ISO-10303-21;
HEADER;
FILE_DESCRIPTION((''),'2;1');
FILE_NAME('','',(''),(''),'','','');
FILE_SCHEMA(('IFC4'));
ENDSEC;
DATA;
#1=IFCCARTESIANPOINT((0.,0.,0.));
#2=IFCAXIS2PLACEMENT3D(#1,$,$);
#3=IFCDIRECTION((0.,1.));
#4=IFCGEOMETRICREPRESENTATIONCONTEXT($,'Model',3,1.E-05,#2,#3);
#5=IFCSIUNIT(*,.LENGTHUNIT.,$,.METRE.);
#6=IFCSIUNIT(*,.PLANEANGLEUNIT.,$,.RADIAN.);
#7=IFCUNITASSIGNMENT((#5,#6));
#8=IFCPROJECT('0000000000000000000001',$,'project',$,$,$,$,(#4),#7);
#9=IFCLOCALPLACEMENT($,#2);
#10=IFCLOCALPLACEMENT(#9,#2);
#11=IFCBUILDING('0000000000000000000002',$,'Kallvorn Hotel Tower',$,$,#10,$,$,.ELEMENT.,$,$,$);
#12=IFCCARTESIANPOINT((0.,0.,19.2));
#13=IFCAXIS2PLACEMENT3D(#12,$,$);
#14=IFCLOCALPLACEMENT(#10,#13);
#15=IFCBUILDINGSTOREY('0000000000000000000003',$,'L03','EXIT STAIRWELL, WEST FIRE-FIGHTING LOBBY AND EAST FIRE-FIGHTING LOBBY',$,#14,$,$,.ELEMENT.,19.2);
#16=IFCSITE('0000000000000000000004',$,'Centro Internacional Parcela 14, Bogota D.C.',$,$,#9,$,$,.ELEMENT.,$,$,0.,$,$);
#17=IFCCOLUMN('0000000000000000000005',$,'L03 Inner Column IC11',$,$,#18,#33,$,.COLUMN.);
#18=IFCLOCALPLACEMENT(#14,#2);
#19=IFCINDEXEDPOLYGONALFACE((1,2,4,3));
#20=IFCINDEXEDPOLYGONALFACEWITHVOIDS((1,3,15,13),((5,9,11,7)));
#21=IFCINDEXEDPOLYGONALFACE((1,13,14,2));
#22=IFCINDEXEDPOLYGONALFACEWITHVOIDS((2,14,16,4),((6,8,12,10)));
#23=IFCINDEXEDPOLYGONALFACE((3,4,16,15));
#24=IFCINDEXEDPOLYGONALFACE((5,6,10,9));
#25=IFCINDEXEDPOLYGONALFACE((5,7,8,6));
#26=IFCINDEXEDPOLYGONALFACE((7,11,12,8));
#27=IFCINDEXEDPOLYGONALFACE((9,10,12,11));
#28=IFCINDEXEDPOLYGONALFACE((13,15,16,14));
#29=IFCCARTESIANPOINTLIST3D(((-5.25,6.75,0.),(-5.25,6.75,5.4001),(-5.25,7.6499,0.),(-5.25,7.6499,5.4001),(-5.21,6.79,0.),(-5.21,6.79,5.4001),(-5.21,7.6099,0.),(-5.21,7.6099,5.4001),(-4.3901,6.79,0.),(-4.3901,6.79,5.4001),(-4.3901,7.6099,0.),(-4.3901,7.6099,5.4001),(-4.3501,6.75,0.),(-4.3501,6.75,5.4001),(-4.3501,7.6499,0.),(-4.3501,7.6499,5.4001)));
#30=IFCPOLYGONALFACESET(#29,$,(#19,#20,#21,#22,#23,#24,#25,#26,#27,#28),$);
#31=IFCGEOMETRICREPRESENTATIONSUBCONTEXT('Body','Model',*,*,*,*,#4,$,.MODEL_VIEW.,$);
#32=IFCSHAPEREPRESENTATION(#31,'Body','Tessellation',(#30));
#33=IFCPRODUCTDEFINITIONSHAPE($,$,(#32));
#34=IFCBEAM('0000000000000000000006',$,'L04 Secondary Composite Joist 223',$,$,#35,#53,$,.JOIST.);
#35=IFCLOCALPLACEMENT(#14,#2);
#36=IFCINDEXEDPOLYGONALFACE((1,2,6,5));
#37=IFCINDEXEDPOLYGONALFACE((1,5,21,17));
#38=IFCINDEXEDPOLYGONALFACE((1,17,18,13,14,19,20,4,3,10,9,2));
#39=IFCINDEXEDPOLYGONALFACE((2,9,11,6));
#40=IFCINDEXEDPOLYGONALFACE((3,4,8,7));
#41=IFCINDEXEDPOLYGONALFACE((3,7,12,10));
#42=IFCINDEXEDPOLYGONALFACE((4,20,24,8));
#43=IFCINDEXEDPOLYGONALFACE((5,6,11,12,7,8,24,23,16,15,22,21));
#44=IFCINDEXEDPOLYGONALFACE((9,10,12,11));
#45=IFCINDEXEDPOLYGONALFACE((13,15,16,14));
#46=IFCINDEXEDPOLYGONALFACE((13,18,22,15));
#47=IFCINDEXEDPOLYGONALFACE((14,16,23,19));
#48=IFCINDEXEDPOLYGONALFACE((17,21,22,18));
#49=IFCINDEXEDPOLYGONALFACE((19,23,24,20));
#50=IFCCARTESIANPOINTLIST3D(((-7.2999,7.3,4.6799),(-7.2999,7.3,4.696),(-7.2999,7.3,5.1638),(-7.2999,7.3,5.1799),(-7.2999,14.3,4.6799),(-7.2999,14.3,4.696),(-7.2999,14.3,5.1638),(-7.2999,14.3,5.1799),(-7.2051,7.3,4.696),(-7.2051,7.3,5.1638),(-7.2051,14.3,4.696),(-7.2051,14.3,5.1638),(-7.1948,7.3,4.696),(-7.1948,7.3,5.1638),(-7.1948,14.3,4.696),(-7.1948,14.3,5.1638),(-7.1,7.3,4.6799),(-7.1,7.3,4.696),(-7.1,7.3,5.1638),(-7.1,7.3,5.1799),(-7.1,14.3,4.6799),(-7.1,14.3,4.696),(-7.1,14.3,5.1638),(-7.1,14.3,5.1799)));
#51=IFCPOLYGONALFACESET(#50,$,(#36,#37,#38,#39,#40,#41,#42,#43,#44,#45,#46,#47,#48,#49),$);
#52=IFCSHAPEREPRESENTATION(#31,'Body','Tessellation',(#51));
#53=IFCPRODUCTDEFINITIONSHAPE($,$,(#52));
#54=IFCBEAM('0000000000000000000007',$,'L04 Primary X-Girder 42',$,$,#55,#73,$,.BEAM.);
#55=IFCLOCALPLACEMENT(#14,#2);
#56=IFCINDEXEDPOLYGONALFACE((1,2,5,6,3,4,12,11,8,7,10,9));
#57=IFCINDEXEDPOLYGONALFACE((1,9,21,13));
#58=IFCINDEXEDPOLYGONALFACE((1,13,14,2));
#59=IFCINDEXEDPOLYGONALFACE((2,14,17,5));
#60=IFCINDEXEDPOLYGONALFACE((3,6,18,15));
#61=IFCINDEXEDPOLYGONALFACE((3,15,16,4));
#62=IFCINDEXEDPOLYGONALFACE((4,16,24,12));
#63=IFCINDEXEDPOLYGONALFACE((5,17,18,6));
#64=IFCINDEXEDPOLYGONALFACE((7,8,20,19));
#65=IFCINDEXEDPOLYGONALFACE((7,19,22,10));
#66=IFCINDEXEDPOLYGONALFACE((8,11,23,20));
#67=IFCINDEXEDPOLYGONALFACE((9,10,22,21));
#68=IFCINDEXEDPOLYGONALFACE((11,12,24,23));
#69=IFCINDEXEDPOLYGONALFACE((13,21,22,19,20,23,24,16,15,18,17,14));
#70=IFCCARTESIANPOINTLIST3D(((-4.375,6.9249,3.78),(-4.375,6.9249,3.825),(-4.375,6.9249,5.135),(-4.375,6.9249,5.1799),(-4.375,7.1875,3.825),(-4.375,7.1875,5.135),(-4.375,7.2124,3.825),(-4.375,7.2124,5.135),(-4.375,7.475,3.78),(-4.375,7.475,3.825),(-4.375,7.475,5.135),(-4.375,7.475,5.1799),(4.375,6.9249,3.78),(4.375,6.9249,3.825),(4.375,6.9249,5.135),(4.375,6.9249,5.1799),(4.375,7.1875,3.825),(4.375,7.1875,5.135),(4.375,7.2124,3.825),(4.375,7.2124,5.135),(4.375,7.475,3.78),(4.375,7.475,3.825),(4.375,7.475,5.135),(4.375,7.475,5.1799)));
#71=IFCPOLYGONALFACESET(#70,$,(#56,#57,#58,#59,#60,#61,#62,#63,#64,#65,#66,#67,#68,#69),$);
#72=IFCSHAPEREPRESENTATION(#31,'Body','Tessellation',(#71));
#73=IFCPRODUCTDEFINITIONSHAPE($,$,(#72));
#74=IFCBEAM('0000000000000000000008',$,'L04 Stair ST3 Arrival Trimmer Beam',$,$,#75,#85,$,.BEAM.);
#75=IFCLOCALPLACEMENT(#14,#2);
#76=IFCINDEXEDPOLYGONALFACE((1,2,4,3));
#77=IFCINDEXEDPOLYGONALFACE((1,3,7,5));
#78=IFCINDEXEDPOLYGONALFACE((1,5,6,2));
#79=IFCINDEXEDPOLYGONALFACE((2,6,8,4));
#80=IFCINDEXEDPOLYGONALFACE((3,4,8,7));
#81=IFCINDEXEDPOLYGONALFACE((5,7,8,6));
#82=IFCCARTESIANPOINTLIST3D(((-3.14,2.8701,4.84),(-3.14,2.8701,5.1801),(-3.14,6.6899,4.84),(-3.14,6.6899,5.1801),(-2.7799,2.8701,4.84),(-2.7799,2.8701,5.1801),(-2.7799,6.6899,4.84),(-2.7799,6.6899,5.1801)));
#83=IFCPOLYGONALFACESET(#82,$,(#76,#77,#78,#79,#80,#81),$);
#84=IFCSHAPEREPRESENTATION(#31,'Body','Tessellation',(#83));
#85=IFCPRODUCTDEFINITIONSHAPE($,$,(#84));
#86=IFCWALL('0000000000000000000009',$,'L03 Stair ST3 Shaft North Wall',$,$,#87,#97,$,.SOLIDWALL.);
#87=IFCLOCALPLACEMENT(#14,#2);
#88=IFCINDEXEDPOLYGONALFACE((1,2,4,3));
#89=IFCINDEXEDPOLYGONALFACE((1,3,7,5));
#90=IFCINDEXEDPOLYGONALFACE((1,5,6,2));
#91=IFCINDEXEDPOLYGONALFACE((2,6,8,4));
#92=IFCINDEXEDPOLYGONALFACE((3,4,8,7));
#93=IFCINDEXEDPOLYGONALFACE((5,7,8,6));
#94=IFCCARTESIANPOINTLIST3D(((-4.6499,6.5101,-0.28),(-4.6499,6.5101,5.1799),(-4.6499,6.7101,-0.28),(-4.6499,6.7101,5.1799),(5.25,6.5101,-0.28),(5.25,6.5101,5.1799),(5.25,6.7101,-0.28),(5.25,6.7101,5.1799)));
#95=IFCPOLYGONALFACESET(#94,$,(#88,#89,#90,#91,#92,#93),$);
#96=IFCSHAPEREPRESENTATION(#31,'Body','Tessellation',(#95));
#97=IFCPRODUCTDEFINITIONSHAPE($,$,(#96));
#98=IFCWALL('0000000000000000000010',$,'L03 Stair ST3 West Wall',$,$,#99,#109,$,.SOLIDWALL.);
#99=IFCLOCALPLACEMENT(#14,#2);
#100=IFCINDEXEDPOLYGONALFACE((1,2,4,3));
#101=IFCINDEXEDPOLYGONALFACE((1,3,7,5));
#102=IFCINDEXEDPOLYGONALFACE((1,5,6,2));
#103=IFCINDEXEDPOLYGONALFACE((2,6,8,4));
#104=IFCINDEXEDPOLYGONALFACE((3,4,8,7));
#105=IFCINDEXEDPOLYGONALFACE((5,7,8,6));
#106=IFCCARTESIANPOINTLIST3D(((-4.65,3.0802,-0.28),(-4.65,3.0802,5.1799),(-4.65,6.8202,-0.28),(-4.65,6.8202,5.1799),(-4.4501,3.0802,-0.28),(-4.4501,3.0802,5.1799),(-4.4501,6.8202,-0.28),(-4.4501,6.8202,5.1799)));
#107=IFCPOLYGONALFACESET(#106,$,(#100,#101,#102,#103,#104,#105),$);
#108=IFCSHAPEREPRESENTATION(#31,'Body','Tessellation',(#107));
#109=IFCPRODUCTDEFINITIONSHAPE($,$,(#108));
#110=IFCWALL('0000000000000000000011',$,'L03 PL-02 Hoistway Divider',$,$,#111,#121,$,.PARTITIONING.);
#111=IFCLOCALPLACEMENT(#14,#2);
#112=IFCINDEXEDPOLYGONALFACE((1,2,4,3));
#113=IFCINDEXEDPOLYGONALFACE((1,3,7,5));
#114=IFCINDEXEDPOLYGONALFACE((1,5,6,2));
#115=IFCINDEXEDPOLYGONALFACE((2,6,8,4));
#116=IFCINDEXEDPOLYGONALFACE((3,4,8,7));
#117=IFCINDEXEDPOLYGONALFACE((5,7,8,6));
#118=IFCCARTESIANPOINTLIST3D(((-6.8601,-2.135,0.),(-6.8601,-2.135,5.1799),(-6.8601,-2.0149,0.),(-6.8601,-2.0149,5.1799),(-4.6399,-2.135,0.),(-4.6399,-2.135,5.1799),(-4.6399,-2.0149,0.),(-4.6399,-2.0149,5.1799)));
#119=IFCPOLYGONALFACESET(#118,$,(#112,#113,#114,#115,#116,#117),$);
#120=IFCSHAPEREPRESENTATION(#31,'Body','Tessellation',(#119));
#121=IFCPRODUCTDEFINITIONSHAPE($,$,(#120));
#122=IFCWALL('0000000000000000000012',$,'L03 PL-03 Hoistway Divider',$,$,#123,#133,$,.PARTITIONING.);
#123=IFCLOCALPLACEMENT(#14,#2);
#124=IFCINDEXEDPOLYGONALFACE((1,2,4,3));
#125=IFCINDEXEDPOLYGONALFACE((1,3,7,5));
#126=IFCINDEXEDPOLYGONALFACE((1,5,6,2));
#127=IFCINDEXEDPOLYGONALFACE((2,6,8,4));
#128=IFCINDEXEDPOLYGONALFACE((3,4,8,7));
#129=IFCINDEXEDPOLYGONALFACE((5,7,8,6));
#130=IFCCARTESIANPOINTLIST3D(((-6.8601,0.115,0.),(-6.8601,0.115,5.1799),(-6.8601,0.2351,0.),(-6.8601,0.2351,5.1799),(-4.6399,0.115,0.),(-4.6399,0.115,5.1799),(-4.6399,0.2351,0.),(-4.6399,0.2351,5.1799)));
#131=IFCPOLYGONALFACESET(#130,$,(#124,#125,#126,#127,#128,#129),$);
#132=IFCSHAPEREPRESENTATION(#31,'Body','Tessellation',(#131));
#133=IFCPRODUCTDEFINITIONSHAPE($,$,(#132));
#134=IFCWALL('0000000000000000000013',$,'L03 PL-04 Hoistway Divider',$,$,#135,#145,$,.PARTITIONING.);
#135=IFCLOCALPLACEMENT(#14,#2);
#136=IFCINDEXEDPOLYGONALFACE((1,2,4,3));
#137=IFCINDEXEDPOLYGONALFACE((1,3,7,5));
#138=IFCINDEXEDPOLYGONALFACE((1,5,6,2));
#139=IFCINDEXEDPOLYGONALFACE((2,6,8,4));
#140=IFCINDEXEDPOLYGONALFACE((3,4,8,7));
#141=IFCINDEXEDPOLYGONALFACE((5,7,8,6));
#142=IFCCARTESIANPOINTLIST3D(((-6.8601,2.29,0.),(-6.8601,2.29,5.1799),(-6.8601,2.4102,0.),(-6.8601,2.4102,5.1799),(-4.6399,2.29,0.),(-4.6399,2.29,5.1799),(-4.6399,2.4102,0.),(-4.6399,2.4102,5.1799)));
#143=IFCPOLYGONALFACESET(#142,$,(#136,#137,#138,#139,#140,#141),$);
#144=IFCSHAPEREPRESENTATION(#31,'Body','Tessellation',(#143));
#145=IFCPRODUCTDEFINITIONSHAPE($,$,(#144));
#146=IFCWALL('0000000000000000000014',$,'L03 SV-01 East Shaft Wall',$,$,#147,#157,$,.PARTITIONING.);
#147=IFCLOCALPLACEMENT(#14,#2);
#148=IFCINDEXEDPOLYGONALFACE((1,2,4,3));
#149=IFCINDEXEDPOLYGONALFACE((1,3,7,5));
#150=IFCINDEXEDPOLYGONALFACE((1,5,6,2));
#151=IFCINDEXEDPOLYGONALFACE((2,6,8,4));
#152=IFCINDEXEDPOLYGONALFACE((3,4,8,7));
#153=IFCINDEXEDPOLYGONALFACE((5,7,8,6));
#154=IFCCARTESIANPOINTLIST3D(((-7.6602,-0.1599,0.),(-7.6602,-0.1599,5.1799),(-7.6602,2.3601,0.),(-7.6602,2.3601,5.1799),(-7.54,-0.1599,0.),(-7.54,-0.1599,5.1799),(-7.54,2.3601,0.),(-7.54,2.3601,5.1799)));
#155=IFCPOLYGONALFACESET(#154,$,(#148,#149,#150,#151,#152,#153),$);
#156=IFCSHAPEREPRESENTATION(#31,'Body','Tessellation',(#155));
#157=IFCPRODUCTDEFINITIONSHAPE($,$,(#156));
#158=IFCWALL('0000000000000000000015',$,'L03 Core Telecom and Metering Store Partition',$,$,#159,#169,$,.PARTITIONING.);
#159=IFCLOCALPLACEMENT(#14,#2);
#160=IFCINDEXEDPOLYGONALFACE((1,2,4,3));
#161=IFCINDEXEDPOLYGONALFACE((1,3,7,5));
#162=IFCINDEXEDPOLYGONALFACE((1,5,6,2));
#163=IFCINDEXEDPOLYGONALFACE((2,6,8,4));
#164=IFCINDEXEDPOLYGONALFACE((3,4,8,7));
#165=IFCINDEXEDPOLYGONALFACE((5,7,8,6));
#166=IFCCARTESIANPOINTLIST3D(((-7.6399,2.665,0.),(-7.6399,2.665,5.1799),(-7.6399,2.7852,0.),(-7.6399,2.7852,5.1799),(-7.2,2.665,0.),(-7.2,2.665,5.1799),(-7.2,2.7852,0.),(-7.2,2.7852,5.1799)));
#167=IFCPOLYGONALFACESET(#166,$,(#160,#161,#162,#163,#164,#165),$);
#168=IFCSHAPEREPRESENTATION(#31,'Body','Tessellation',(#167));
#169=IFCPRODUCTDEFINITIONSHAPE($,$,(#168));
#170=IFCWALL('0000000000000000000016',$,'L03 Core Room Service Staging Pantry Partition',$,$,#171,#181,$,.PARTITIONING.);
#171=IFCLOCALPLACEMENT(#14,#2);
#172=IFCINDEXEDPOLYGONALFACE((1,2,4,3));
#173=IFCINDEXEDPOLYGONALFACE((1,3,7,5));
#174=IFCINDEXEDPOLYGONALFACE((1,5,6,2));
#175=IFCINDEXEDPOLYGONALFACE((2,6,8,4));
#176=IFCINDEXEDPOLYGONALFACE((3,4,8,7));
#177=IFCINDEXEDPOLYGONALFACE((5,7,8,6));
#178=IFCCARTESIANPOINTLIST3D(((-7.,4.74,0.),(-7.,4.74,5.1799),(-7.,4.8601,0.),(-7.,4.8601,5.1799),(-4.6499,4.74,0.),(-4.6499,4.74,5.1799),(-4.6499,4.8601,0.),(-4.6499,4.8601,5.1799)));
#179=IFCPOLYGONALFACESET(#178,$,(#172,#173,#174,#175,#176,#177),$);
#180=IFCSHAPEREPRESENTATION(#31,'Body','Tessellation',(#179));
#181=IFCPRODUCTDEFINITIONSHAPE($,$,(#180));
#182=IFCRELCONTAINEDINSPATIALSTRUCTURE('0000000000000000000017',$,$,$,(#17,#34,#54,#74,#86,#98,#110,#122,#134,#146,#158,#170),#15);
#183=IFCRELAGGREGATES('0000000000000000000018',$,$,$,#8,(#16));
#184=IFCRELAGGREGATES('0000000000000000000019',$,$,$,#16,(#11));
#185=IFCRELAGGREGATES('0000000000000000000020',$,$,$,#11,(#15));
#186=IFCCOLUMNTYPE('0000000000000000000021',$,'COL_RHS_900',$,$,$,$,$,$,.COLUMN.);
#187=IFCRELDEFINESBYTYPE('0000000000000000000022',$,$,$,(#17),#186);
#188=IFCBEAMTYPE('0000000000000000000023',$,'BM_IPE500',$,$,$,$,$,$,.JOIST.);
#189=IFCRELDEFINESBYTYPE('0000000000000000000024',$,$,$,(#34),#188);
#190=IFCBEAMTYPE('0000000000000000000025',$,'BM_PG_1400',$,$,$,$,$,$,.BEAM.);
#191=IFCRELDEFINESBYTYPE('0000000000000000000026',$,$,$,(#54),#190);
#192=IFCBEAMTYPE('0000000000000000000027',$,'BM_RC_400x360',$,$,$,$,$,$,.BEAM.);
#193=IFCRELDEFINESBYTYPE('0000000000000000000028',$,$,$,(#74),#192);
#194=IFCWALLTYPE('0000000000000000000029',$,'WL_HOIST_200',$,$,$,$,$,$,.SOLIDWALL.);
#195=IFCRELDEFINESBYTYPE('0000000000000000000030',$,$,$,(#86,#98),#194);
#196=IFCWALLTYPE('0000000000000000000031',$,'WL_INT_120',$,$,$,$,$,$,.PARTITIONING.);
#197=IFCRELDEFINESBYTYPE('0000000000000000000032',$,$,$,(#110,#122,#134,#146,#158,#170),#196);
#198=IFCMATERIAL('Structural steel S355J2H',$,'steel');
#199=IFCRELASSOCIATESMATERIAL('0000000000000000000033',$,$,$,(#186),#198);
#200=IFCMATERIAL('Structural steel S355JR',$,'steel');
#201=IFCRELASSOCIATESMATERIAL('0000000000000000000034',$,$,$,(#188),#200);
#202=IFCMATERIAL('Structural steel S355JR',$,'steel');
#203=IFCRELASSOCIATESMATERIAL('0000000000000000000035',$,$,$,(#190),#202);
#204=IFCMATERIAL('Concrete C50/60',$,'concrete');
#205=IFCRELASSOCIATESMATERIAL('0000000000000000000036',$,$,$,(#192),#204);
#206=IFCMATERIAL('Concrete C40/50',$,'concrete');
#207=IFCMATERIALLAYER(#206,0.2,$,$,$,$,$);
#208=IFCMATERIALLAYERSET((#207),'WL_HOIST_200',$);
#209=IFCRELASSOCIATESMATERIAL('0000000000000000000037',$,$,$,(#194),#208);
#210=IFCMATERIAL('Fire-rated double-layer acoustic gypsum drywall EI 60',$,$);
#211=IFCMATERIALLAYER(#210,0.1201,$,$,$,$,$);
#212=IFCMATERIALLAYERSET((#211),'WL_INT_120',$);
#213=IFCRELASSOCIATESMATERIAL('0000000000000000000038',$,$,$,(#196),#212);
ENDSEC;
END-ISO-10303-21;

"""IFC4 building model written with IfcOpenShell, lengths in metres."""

from ifc_helpers import new_model, si_unit, direction, frame, frame_2d, origin, origin_2d, place, context, subcontext, project, spatial, rectangle, hollow_rectangle, i_section, extrude, material, layer, layer_set, material_profile, profile_set, type_object, element, save


model = new_model("IFC4")

# Units and contexts
model_context = context("Model", 3, precision=1e-05, world=origin(), true_north=direction((0.0, 1.0)))
body_context = subcontext(model_context, "Body", "Model", "MODEL_VIEW")
ifc_project = project(units=[si_unit("LENGTHUNIT", "METRE"), si_unit("PLANEANGLEUNIT", "RADIAN")], contexts=[model_context])

# Site, building, storey
site_placement = place(None, origin())
site = spatial("IfcSite", under=ifc_project, at=site_placement, Name="Centro Internacional Parcela 14, Bogota D.C.", CompositionType="ELEMENT", RefElevation=0.0)
building_placement = place(site_placement, origin())
building = spatial("IfcBuilding", under=site, at=building_placement, Name="Kallvorn Hotel Tower", CompositionType="ELEMENT")
storey_placement = place(building_placement, frame((0.0, 0.0, 19.2)))
storey = spatial("IfcBuildingStorey", under=building, at=storey_placement, Name="L03", Description="EXIT STAIRWELL, WEST FIRE-FIGHTING LOBBY AND EAST FIRE-FIGHTING LOBBY", CompositionType="ELEMENT", Elevation=19.2)

# Column
ifc_material_1 = material(Name="Structural steel S355J2H", Category="steel")
ifc_material_profile_1 = material_profile(ifc_material_1, hollow_rectangle(XDim=0.8999, YDim=0.8999, WallThickness=0.04, at=origin_2d()), Name="RHS 900x900x40")
ifc_profile_set_1 = profile_set([ifc_material_profile_1], Name="Structural steel S355J2H")
column_type = type_object("IfcColumnType", Name="COL_RHS_900", PredefinedType="COLUMN", material=ifc_profile_set_1)
column_placement = place(storey_placement, frame((-4.8, 7.2, 0.0), z_axis=(0.0, 0.0, 1.0), x_axis=(1.0, 0.0, 0.0)))
element("IfcColumn", 1, at=column_placement, inside=storey, type_object=column_type, Name="L03 Inner Column IC11", PredefinedType="COLUMN", context=body_context, shape_type="SweptSolid", body=[
    extrude(hollow_rectangle(XDim=0.8999, YDim=0.8999, WallThickness=0.04, at=origin_2d()), origin(), (0.0, 0.0, 1.0), 5.4001),
])

# Beams
ifc_material_2 = material(Name="Structural steel S355JR", Category="steel")
ifc_material_profile_2 = material_profile(ifc_material_2, i_section(OverallWidth=0.2, OverallDepth=0.5, WebThickness=0.0103, FlangeThickness=0.0161, at=origin_2d()), Name="IPE 500")
ifc_profile_set_2 = profile_set([ifc_material_profile_2], Name="Structural steel S355JR")
beam_type_1 = type_object("IfcBeamType", Name="BM_IPE500", PredefinedType="JOIST", material=ifc_profile_set_2)
beam_1_placement = place(storey_placement, frame((-7.2, 7.3, 4.9299), z_axis=(0.0, 1.0, 0.0), x_axis=(-1.0, 0.0, 0.0)))
element("IfcBeam", 2, at=beam_1_placement, inside=storey, type_object=beam_type_1, Name="L04 Secondary Composite Joist 223", PredefinedType="JOIST", context=body_context, shape_type="SweptSolid", body=[
    extrude(i_section(OverallWidth=0.2, OverallDepth=0.5, WebThickness=0.0103, FlangeThickness=0.0161, at=origin_2d()), origin(), (0.0, 0.0, 1.0), 7.0),
])
ifc_material_3 = material(Name="Structural steel S355JR", Category="steel")
ifc_material_profile_3 = material_profile(ifc_material_3, i_section(OverallWidth=0.55, OverallDepth=1.3999, WebThickness=0.0249, FlangeThickness=0.0449, at=origin_2d()), Name="PG 1400x550x25x45")
ifc_profile_set_3 = profile_set([ifc_material_profile_3], Name="Structural steel S355JR")
beam_type_2 = type_object("IfcBeamType", Name="BM_PG_1400", PredefinedType="BEAM", material=ifc_profile_set_3)
beam_2_placement = place(storey_placement, frame((-4.375, 7.2, 4.48), z_axis=(1.0, 0.0, 0.0), x_axis=(0.0, 1.0, 0.0)))
element("IfcBeam", 3, at=beam_2_placement, inside=storey, type_object=beam_type_2, Name="L04 Primary X-Girder 42", PredefinedType="BEAM", context=body_context, shape_type="SweptSolid", body=[
    extrude(i_section(OverallWidth=0.55, OverallDepth=1.3999, WebThickness=0.0249, FlangeThickness=0.0449, at=origin_2d()), origin(), (0.0, 0.0, 1.0), 8.75),
])
ifc_material_4 = material(Name="Concrete C50/60", Category="concrete")
ifc_material_profile_4 = material_profile(ifc_material_4, rectangle(XDim=0.3601, YDim=0.3401, at=origin_2d()), Name="RC 360x340")
ifc_profile_set_4 = profile_set([ifc_material_profile_4], Name="Concrete C50/60")
beam_type_3 = type_object("IfcBeamType", Name="BM_RC_400x360", PredefinedType="BEAM", material=ifc_profile_set_4)
beam_3_placement = place(storey_placement, frame((-2.96, 2.8701, 5.01), z_axis=(0.0, 1.0, 0.0), x_axis=(-1.0, 0.0, 0.0)))
element("IfcBeam", 4, at=beam_3_placement, inside=storey, type_object=beam_type_3, Name="L04 Stair ST3 Arrival Trimmer Beam", PredefinedType="BEAM", context=body_context, shape_type="SweptSolid", body=[
    extrude(rectangle(XDim=0.3601, YDim=0.3401, at=origin_2d()), origin(), (0.0, 0.0, 1.0), 3.8198),
])

# Walls
ifc_material_5 = material(Name="Concrete C40/50", Category="concrete")
ifc_layer_1 = layer(ifc_material_5, 0.2)
ifc_layer_set_1 = layer_set([ifc_layer_1], Name="WL_HOIST_200")
wall_type_1 = type_object("IfcWallType", Name="WL_HOIST_200", PredefinedType="SOLIDWALL", material=ifc_layer_set_1)
wall_1_placement = place(storey_placement, frame((-4.6499, 6.6101, -0.28), z_axis=(0.0, 0.0, 1.0), x_axis=(1.0, 0.0, 0.0)))
element("IfcWall", 5, at=wall_1_placement, inside=storey, type_object=wall_type_1, Name="L03 Stair ST3 Shaft North Wall", PredefinedType="SOLIDWALL", context=body_context, shape_type="SweptSolid", body=[
    extrude(rectangle(XDim=9.8999, YDim=0.2, at=frame_2d((4.95, 0.0))), origin(), (0.0, 0.0, 1.0), 5.46),
])
wall_2_placement = place(storey_placement, frame((-4.55, 3.0801, -0.28), z_axis=(0.0, 0.0, 1.0), x_axis=(0.0, 1.0, 0.0)))
element("IfcWall", 6, at=wall_2_placement, inside=storey, type_object=wall_type_1, Name="L03 Stair ST3 West Wall", PredefinedType="SOLIDWALL", context=body_context, shape_type="SweptSolid", body=[
    extrude(rectangle(XDim=3.74, YDim=0.2, at=frame_2d((1.8701, 0.0))), origin(), (0.0, 0.0, 1.0), 5.46),
])
ifc_material_6 = material(Name="Fire-rated double-layer acoustic gypsum drywall EI 60")
ifc_layer_2 = layer(ifc_material_6, 0.1201)
ifc_layer_set_2 = layer_set([ifc_layer_2], Name="WL_INT_120")
wall_type_2 = type_object("IfcWallType", Name="WL_INT_120", PredefinedType="PARTITIONING", material=ifc_layer_set_2)
for number, where, z_axis, x_axis, name in (
    (7, (-6.8601, -2.075, 0.0), (0.0, 0.0, 1.0), (1.0, 0.0, 0.0), "L03 PL-02 Hoistway Divider"),
    (8, (-6.8601, 0.175, 0.0), (0.0, 0.0, 1.0), (1.0, 0.0, 0.0), "L03 PL-03 Hoistway Divider"),
    (9, (-6.8601, 2.3501, 0.0), (0.0, 0.0, 1.0), (1.0, 0.0, 0.0), "L03 PL-04 Hoistway Divider"),
):
    element("IfcWall", number, at=place(storey_placement, frame(where, z_axis=z_axis, x_axis=x_axis)), inside=storey, type_object=wall_type_2, Name=name, PredefinedType="PARTITIONING", context=body_context, shape_type="SweptSolid", body=[
        extrude(rectangle(XDim=2.2202, YDim=0.1201, at=frame_2d((1.1101, 0.0))), origin(), (0.0, 0.0, 1.0), 5.1799),
    ])
wall_3_placement = place(storey_placement, frame((-7.6001, -0.1599, 0.0), z_axis=(0.0, 0.0, 1.0), x_axis=(0.0, 1.0, 0.0)))
element("IfcWall", 10, at=wall_3_placement, inside=storey, type_object=wall_type_2, Name="L03 SV-01 East Shaft Wall", PredefinedType="PARTITIONING", context=body_context, shape_type="SweptSolid", body=[
    extrude(rectangle(XDim=2.52, YDim=0.1201, at=frame_2d((1.26, 0.0))), origin(), (0.0, 0.0, 1.0), 5.1799),
])
wall_4_placement = place(storey_placement, frame((-7.6399, 2.7251, 0.0), z_axis=(0.0, 0.0, 1.0), x_axis=(1.0, 0.0, 0.0)))
element("IfcWall", 11, at=wall_4_placement, inside=storey, type_object=wall_type_2, Name="L03 Core Telecom and Metering Store Partition", PredefinedType="PARTITIONING", context=body_context, shape_type="SweptSolid", body=[
    extrude(rectangle(XDim=0.4399, YDim=0.1201, at=frame_2d((0.22, 0.0))), origin(), (0.0, 0.0, 1.0), 5.1799),
])
wall_5_placement = place(storey_placement, frame((-7.0, 4.8, 0.0), z_axis=(0.0, 0.0, 1.0), x_axis=(1.0, 0.0, 0.0)))
element("IfcWall", 12, at=wall_5_placement, inside=storey, type_object=wall_type_2, Name="L03 Core Room Service Staging Pantry Partition", PredefinedType="PARTITIONING", context=body_context, shape_type="SweptSolid", body=[
    extrude(rectangle(XDim=2.3501, YDim=0.1201, at=frame_2d((1.175, 0.0))), origin(), (0.0, 0.0, 1.0), 5.1799),
])

save(model, "model.ifc")
